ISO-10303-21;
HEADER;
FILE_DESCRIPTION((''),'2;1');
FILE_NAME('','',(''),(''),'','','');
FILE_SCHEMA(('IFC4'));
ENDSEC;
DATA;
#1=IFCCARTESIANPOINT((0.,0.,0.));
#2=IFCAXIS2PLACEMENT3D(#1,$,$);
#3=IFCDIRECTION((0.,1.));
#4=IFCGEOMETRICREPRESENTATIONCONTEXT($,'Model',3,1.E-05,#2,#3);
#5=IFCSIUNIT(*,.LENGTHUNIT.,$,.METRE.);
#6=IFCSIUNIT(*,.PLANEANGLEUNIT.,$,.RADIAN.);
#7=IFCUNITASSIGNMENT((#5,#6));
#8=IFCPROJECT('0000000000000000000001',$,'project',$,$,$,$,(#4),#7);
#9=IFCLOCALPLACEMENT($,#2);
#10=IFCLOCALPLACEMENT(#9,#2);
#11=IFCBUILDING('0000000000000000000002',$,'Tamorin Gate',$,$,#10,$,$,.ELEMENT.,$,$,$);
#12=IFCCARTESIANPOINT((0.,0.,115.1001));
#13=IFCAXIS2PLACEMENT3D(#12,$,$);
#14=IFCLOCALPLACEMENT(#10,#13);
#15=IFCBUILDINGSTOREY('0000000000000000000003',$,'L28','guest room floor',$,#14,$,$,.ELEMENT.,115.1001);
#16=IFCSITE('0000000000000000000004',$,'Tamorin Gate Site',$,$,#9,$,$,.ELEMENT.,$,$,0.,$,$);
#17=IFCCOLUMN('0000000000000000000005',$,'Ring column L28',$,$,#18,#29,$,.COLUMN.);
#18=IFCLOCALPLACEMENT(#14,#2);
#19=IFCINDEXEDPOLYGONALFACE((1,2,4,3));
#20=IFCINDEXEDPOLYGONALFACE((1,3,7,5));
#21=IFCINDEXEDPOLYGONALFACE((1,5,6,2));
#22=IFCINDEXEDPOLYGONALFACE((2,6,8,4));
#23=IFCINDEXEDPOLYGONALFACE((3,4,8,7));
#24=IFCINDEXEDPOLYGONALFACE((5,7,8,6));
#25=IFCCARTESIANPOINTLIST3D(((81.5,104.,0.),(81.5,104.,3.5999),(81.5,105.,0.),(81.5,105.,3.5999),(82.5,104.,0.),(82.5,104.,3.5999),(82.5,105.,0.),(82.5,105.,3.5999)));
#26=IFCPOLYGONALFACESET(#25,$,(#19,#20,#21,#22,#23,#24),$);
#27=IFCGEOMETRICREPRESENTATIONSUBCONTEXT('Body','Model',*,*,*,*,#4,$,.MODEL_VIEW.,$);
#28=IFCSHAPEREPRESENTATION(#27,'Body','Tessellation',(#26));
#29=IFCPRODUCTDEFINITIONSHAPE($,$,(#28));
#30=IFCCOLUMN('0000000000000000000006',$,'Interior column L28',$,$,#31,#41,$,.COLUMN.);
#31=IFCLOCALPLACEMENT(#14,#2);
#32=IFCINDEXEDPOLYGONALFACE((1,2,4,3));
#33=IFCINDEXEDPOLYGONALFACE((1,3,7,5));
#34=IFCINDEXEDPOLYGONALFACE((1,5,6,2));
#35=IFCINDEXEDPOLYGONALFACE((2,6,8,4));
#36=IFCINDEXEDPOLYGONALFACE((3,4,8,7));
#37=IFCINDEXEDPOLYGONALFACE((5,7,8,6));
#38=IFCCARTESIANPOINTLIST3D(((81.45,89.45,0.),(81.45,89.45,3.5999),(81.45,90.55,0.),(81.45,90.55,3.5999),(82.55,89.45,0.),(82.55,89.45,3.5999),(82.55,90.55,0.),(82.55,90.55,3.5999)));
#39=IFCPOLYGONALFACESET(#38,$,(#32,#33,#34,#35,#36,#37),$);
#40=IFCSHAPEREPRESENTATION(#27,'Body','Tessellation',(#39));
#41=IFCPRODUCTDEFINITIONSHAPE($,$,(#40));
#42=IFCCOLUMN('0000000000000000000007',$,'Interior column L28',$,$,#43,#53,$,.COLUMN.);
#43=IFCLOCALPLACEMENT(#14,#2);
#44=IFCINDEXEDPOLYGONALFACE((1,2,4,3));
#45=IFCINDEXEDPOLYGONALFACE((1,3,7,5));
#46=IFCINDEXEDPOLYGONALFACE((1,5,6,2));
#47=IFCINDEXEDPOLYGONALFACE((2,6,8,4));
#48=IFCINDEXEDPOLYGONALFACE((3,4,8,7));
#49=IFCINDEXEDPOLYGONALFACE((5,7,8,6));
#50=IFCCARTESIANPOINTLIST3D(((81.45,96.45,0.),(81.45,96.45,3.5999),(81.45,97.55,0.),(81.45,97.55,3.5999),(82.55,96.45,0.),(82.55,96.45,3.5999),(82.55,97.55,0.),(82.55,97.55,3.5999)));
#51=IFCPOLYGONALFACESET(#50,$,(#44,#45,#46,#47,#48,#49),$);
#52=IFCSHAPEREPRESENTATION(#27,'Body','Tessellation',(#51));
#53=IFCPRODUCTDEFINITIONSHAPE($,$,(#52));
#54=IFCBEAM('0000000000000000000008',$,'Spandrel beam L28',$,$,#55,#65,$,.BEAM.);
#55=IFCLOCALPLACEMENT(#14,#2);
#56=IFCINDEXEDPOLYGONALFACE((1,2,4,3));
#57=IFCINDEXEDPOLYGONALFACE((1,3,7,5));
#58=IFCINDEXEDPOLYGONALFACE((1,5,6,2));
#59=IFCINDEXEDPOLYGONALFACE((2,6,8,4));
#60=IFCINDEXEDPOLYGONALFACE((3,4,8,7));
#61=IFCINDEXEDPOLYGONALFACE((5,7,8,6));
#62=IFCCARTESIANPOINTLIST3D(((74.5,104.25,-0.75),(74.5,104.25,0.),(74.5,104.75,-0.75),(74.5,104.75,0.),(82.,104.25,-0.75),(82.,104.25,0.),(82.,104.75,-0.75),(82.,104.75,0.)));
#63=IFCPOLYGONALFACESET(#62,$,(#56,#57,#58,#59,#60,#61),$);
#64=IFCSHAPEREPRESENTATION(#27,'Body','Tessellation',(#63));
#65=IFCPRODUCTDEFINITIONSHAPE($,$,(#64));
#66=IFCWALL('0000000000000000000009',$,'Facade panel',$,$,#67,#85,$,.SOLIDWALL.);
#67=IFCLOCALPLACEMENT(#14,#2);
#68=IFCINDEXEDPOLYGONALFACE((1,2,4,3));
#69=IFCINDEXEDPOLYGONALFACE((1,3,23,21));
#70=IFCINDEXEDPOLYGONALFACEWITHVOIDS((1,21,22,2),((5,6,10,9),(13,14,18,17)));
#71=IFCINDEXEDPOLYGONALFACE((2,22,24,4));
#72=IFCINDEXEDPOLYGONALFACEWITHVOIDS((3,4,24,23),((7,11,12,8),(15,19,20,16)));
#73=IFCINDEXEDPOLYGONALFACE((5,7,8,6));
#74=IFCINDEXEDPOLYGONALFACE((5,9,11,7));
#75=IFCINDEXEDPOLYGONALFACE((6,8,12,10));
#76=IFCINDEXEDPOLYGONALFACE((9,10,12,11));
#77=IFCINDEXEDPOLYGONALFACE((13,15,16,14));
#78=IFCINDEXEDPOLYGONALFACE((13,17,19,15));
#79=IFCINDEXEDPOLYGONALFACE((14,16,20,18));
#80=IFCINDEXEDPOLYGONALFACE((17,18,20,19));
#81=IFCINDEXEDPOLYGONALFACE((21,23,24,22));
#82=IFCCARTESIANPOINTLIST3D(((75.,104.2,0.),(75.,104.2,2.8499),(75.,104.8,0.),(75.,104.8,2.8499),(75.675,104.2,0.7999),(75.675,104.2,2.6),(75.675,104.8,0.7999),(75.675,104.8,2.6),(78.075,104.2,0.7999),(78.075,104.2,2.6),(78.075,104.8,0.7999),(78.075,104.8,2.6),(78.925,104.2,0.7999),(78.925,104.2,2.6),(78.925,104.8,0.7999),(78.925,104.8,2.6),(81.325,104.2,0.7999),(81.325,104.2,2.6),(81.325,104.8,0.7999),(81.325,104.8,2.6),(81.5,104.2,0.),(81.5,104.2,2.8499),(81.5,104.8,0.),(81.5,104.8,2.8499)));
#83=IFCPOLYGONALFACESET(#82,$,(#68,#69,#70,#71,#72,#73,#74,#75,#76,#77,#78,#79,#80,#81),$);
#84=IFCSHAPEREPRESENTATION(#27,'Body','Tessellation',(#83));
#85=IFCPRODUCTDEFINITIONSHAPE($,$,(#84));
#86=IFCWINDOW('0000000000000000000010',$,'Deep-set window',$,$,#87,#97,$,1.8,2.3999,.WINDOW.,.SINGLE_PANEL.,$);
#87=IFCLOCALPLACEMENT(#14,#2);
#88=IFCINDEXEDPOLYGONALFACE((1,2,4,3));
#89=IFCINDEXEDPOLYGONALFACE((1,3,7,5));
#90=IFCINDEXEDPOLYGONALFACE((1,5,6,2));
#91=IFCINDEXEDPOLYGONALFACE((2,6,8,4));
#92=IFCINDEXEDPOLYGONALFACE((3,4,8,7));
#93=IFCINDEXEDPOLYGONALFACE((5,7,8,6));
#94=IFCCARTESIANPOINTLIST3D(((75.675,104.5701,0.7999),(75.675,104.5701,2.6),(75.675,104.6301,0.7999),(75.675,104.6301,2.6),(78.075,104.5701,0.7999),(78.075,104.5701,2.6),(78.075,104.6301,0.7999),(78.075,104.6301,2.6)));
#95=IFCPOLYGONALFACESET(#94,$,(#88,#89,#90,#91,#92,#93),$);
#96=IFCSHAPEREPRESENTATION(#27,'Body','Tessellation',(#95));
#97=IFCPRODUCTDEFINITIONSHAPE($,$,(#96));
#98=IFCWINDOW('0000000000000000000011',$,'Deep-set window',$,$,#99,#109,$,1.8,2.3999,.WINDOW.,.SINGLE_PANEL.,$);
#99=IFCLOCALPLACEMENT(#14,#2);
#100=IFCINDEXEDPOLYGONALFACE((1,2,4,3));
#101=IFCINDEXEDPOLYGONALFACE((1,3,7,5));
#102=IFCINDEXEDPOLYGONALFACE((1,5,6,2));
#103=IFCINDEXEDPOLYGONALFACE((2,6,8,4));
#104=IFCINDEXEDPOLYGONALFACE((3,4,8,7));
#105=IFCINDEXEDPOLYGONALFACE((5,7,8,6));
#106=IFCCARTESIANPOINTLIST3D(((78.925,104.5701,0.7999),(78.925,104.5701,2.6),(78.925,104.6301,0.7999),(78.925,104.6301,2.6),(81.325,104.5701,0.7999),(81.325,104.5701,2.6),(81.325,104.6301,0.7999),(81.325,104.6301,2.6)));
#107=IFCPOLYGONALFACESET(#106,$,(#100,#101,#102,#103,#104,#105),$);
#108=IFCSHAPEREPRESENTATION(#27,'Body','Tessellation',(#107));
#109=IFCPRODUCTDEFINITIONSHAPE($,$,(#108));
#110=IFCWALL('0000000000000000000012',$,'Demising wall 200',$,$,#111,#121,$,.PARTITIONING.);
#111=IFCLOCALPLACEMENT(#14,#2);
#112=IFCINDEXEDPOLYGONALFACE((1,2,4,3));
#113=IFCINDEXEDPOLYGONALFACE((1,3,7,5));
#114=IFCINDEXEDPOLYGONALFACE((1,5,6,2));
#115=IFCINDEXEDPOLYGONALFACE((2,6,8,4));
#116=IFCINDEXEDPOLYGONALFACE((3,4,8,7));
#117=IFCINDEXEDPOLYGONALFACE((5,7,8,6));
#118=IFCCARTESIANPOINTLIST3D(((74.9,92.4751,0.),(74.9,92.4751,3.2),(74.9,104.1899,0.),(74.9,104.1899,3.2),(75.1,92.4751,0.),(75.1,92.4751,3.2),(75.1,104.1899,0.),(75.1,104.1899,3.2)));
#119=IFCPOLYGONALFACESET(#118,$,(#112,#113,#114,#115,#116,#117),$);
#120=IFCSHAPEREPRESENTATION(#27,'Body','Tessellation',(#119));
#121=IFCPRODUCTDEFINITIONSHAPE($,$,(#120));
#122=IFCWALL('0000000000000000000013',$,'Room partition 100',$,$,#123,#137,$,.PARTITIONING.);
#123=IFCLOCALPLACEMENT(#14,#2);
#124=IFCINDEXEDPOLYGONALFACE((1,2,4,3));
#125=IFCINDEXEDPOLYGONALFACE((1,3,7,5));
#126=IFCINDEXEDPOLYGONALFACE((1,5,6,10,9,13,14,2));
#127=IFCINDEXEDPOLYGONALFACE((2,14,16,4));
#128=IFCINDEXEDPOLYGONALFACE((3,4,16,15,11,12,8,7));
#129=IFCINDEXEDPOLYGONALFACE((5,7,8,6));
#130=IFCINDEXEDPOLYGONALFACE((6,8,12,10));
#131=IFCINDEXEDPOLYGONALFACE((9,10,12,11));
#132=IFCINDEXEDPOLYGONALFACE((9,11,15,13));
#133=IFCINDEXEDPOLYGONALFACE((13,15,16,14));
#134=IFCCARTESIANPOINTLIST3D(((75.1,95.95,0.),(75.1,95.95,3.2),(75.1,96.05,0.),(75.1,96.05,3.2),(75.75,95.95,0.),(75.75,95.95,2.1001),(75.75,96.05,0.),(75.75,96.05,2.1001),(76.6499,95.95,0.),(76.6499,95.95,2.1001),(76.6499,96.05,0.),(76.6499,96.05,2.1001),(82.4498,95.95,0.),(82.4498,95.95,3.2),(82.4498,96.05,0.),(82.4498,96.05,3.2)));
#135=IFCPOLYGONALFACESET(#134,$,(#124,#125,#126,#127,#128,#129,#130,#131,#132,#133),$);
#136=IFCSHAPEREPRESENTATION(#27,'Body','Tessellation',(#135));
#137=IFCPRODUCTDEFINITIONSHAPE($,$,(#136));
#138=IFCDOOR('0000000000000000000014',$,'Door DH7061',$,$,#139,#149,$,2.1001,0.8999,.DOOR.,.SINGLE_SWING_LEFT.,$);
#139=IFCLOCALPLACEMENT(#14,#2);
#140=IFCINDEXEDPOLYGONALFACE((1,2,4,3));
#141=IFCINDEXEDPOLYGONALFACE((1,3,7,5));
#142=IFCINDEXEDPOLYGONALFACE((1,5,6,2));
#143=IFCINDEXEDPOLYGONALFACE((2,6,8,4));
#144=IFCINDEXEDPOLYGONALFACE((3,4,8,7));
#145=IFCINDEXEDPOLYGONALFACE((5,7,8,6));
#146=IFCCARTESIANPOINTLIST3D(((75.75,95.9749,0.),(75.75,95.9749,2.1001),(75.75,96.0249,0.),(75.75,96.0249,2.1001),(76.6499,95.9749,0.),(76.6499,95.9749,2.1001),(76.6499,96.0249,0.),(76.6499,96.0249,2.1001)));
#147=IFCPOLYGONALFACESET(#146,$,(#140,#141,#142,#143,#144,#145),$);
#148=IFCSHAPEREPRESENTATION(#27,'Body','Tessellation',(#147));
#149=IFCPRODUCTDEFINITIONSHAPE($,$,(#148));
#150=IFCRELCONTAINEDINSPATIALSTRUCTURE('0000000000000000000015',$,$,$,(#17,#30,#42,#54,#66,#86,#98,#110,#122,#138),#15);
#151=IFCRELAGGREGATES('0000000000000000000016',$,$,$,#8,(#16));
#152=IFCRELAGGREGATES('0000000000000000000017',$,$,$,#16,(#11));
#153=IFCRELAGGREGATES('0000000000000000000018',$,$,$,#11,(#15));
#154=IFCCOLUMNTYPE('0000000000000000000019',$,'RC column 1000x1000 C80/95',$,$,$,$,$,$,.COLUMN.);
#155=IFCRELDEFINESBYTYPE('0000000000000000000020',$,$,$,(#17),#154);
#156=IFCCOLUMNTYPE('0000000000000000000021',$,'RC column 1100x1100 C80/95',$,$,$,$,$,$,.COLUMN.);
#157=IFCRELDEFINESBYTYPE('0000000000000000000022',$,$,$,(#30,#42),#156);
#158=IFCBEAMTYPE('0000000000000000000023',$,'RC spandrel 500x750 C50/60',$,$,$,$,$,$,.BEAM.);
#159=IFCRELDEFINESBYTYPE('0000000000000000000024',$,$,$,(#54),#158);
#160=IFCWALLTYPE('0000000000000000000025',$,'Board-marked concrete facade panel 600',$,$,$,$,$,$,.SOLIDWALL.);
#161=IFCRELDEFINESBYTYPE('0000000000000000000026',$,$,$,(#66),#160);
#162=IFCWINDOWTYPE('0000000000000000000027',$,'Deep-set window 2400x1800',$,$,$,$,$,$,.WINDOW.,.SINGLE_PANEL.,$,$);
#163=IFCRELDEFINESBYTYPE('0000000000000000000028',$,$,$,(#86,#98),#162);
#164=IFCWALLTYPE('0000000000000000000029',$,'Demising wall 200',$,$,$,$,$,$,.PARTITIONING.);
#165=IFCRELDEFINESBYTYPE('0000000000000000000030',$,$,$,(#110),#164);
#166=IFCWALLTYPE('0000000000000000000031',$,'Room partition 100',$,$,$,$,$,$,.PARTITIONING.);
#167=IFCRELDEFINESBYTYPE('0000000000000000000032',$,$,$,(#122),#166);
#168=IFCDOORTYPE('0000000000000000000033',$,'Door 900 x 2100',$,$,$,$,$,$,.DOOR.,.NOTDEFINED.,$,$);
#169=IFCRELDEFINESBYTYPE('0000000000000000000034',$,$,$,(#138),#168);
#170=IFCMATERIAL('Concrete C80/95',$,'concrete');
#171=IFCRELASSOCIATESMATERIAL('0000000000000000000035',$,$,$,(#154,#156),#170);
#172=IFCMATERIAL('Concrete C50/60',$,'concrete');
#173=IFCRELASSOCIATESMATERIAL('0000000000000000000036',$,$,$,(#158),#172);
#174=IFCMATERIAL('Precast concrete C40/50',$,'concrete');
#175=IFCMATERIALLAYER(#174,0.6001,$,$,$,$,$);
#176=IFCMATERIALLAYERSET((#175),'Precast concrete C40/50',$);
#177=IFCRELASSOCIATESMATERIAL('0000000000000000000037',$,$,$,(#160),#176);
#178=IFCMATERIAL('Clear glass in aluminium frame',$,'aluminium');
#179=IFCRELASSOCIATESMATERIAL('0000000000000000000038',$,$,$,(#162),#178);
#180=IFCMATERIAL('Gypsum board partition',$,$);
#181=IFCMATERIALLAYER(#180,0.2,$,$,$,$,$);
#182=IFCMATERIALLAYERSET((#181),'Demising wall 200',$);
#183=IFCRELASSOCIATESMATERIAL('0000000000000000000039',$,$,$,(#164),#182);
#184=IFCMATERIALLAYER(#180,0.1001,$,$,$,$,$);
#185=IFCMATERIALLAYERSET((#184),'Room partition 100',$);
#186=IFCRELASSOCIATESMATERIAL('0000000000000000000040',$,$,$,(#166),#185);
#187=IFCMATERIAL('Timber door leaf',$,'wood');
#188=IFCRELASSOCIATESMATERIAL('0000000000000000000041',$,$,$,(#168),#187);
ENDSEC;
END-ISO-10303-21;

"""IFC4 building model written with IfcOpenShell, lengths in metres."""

from ifc_helpers import new_model, si_unit, direction, frame, frame_2d, origin, origin_2d, place, context, subcontext, project, spatial, rectangle, extrude, material, layer, layer_set, material_profile, profile_set, type_object, element, fill, save


model = new_model("IFC4")

# Units and contexts
model_context = context("Model", 3, precision=1e-05, world=origin(), true_north=direction((0.0, 1.0)))
body_context = subcontext(model_context, "Body", "Model", "MODEL_VIEW")
ifc_project = project(units=[si_unit("LENGTHUNIT", "METRE"), si_unit("PLANEANGLEUNIT", "RADIAN")], contexts=[model_context])

# Site, building, storey
site_placement = place(None, origin())
site = spatial("IfcSite", under=ifc_project, at=site_placement, Name="Tamorin Gate Site", CompositionType="ELEMENT", RefElevation=0.0)
building_placement = place(site_placement, origin())
building = spatial("IfcBuilding", under=site, at=building_placement, Name="Tamorin Gate", CompositionType="ELEMENT")
storey_placement = place(building_placement, frame((0.0, 0.0, 115.1001)))
storey = spatial("IfcBuildingStorey", under=building, at=storey_placement, Name="L28", Description="guest room floor", CompositionType="ELEMENT", Elevation=115.1001)

# Columns
ifc_material_1 = material(Name="Concrete C80/95", Category="concrete")
ifc_material_profile_1 = material_profile(ifc_material_1, rectangle(XDim=1.0, YDim=1.0, at=origin_2d()), Name="RC 1000x1000")
ifc_profile_set_1 = profile_set([ifc_material_profile_1], Name="Concrete C80/95")
column_type_1 = type_object("IfcColumnType", Name="RC column 1000x1000 C80/95", PredefinedType="COLUMN", material=ifc_profile_set_1)
column_placement = place(storey_placement, frame((82.0, 104.5, 0.0), z_axis=(0.0, 0.0, 1.0), x_axis=(1.0, 0.0, 0.0)))
element("IfcColumn", 1, at=column_placement, inside=storey, type_object=column_type_1, Name="Ring column L28", PredefinedType="COLUMN", context=body_context, shape_type="SweptSolid", body=[
    extrude(rectangle(XDim=1.0, YDim=1.0, at=origin_2d()), origin(), (0.0, 0.0, 1.0), 3.5999),
])
ifc_material_profile_2 = material_profile(ifc_material_1, rectangle(XDim=1.1001, YDim=1.1001, at=origin_2d()), Name="RC 1100x1100")
ifc_profile_set_2 = profile_set([ifc_material_profile_2], Name="Concrete C80/95")
column_type_2 = type_object("IfcColumnType", Name="RC column 1100x1100 C80/95", PredefinedType="COLUMN", material=ifc_profile_set_2)
for number, where, z_axis, x_axis, name in (
    (2, (82.0, 90.0, 0.0), (0.0, 0.0, 1.0), (1.0, 0.0, 0.0), "Interior column L28"),
    (3, (82.0, 97.0, 0.0), (0.0, 0.0, 1.0), (1.0, 0.0, 0.0), "Interior column L28"),
):
    element("IfcColumn", number, at=place(storey_placement, frame(where, z_axis=z_axis, x_axis=x_axis)), inside=storey, type_object=column_type_2, Name=name, PredefinedType="COLUMN", context=body_context, shape_type="SweptSolid", body=[
        extrude(rectangle(XDim=1.1001, YDim=1.1001, at=origin_2d()), origin(), (0.0, 0.0, 1.0), 3.5999),
    ])

# Beam
ifc_material_2 = material(Name="Concrete C50/60", Category="concrete")
ifc_material_profile_3 = material_profile(ifc_material_2, rectangle(XDim=0.5, YDim=0.75, at=origin_2d()), Name="RC 500x750")
ifc_profile_set_3 = profile_set([ifc_material_profile_3], Name="Concrete C50/60")
beam_type = type_object("IfcBeamType", Name="RC spandrel 500x750 C50/60", PredefinedType="BEAM", material=ifc_profile_set_3)
beam_placement = place(storey_placement, frame((82.0, 104.5, -0.375), z_axis=(-1.0, 0.0, 0.0), x_axis=(0.0, -1.0, 0.0)))
element("IfcBeam", 4, at=beam_placement, inside=storey, type_object=beam_type, Name="Spandrel beam L28", PredefinedType="BEAM", context=body_context, shape_type="SweptSolid", body=[
    extrude(rectangle(XDim=0.5, YDim=0.75, at=origin_2d()), origin(), (0.0, 0.0, 1.0), 7.5),
])

# Wall, openings, windows
ifc_material_3 = material(Name="Precast concrete C40/50", Category="concrete")
ifc_layer_1 = layer(ifc_material_3, 0.6001)
ifc_layer_set_1 = layer_set([ifc_layer_1], Name="Precast concrete C40/50")
wall_type_1 = type_object("IfcWallType", Name="Board-marked concrete facade panel 600", PredefinedType="SOLIDWALL", material=ifc_layer_set_1)
wall_1_placement = place(storey_placement, frame((81.5, 104.5, 0.0), z_axis=(0.0, 0.0, 1.0), x_axis=(-1.0, 0.0, 0.0)))
wall_1 = element("IfcWall", 5, at=wall_1_placement, inside=storey, type_object=wall_type_1, Name="Facade panel", PredefinedType="SOLIDWALL", context=body_context, shape_type="SweptSolid", body=[
    extrude(rectangle(XDim=6.5, YDim=0.6001, at=frame_2d((3.25, 0.0))), origin(), (0.0, 0.0, 1.0), 2.8499),
])
opening_1_placement = place(wall_1_placement, frame((3.425, 0.0, 0.8)))
opening_1 = element("IfcOpeningElement", 6, at=opening_1_placement, cuts=wall_1, PredefinedType="OPENING", context=body_context, shape_type="SweptSolid", body=[
    extrude(rectangle(XDim=2.3999, YDim=1.8, at=frame_2d((1.2, 0.8999))), frame((0.0, 0.3101, 0.0), z_axis=(0.0, -1.0, 0.0), x_axis=(1.0, 0.0, 0.0)), (0.0, 0.0, 1.0), 0.6201),
])
opening_2_placement = place(wall_1_placement, frame((0.175, 0.0, 0.8)))
opening_2 = element("IfcOpeningElement", 7, at=opening_2_placement, cuts=wall_1, PredefinedType="OPENING", context=body_context, shape_type="SweptSolid", body=[
    extrude(rectangle(XDim=2.3999, YDim=1.8, at=frame_2d((1.2, 0.8999))), frame((0.0, 0.3101, 0.0), z_axis=(0.0, -1.0, 0.0), x_axis=(1.0, 0.0, 0.0)), (0.0, 0.0, 1.0), 0.6201),
])
ifc_material_4 = material(Name="Clear glass in aluminium frame", Category="aluminium")
window_type = type_object("IfcWindowType", Name="Deep-set window 2400x1800", PartitioningType="SINGLE_PANEL", PredefinedType="WINDOW", material=ifc_material_4)
window_1_placement = place(opening_1_placement, origin())
window_1 = element("IfcWindow", 8, at=window_1_placement, inside=storey, type_object=window_type, Name="Deep-set window", OverallHeight=1.8, OverallWidth=2.3999, PartitioningType="SINGLE_PANEL", PredefinedType="WINDOW", context=body_context, shape_type="SweptSolid", body=[
    extrude(rectangle(XDim=2.3999, YDim=1.8, at=frame_2d((1.2, 0.8999))), frame((0.0, -0.0701, 0.0), z_axis=(0.0, -1.0, 0.0), x_axis=(1.0, 0.0, 0.0)), (0.0, 0.0, 1.0), 0.0601),
])
fill(opening_1, window_1)
window_2_placement = place(opening_2_placement, origin())
window_2 = element("IfcWindow", 9, at=window_2_placement, inside=storey, type_object=window_type, Name="Deep-set window", OverallHeight=1.8, OverallWidth=2.3999, PartitioningType="SINGLE_PANEL", PredefinedType="WINDOW", context=body_context, shape_type="SweptSolid", body=[
    extrude(rectangle(XDim=2.3999, YDim=1.8, at=frame_2d((1.2, 0.8999))), frame((0.0, -0.0701, 0.0), z_axis=(0.0, -1.0, 0.0), x_axis=(1.0, 0.0, 0.0)), (0.0, 0.0, 1.0), 0.0601),
])
fill(opening_2, window_2)

# Wall
ifc_material_5 = material(Name="Gypsum board partition")
ifc_layer_2 = layer(ifc_material_5, 0.2)
ifc_layer_set_2 = layer_set([ifc_layer_2], Name="Demising wall 200")
wall_type_2 = type_object("IfcWallType", Name="Demising wall 200", PredefinedType="PARTITIONING", material=ifc_layer_set_2)
wall_2_placement = place(storey_placement, frame((75.0, 92.4751, 0.0), z_axis=(0.0, 0.0, 1.0), x_axis=(0.0, 1.0, 0.0)))
element("IfcWall", 10, at=wall_2_placement, inside=storey, type_object=wall_type_2, Name="Demising wall 200", PredefinedType="PARTITIONING", context=body_context, shape_type="SweptSolid", body=[
    extrude(rectangle(XDim=11.7148, YDim=0.2, at=frame_2d((5.8574, 0.0))), origin(), (0.0, 0.0, 1.0), 3.2),
])

# Wall, opening, door
ifc_layer_3 = layer(ifc_material_5, 0.1001)
ifc_layer_set_3 = layer_set([ifc_layer_3], Name="Room partition 100")
wall_type_3 = type_object("IfcWallType", Name="Room partition 100", PredefinedType="PARTITIONING", material=ifc_layer_set_3)
wall_3_placement = place(storey_placement, frame((75.1001, 96.0, 0.0), z_axis=(0.0, 0.0, 1.0), x_axis=(1.0, 0.0, 0.0)))
wall_3 = element("IfcWall", 11, at=wall_3_placement, inside=storey, type_object=wall_type_3, Name="Room partition 100", PredefinedType="PARTITIONING", context=body_context, shape_type="SweptSolid", body=[
    extrude(rectangle(XDim=7.3499, YDim=0.1001, at=frame_2d((3.6748, 0.0))), origin(), (0.0, 0.0, 1.0), 3.2),
])
opening_3_placement = place(wall_3_placement, frame((0.6499, 0.0, 0.0)))
opening_3 = element("IfcOpeningElement", 12, at=opening_3_placement, cuts=wall_3, PredefinedType="OPENING", context=body_context, shape_type="SweptSolid", body=[
    extrude(rectangle(XDim=0.8999, YDim=2.1001, at=frame_2d((0.45, 1.05))), frame((0.0, 0.0601, 0.0), z_axis=(0.0, -1.0, 0.0), x_axis=(1.0, 0.0, 0.0)), (0.0, 0.0, 1.0), 0.1201),
])
ifc_material_6 = material(Name="Timber door leaf", Category="wood")
door_type = type_object("IfcDoorType", Name="Door 900 x 2100", OperationType="NOTDEFINED", PredefinedType="DOOR", material=ifc_material_6)
door_1_placement = place(opening_3_placement, origin())
door_1 = element("IfcDoor", 13, at=door_1_placement, inside=storey, type_object=door_type, Name="Door DH7061", OperationType="SINGLE_SWING_LEFT", OverallHeight=2.1001, OverallWidth=0.8999, PredefinedType="DOOR", context=body_context, shape_type="SweptSolid", body=[
    extrude(rectangle(XDim=0.8999, YDim=2.1001, at=frame_2d((0.45, 1.05))), frame((0.0, 0.0249, 0.0), z_axis=(0.0, -1.0, 0.0), x_axis=(1.0, 0.0, 0.0)), (0.0, 0.0, 1.0), 0.05),
])
fill(opening_3, door_1)

save(model, "model.ifc")
